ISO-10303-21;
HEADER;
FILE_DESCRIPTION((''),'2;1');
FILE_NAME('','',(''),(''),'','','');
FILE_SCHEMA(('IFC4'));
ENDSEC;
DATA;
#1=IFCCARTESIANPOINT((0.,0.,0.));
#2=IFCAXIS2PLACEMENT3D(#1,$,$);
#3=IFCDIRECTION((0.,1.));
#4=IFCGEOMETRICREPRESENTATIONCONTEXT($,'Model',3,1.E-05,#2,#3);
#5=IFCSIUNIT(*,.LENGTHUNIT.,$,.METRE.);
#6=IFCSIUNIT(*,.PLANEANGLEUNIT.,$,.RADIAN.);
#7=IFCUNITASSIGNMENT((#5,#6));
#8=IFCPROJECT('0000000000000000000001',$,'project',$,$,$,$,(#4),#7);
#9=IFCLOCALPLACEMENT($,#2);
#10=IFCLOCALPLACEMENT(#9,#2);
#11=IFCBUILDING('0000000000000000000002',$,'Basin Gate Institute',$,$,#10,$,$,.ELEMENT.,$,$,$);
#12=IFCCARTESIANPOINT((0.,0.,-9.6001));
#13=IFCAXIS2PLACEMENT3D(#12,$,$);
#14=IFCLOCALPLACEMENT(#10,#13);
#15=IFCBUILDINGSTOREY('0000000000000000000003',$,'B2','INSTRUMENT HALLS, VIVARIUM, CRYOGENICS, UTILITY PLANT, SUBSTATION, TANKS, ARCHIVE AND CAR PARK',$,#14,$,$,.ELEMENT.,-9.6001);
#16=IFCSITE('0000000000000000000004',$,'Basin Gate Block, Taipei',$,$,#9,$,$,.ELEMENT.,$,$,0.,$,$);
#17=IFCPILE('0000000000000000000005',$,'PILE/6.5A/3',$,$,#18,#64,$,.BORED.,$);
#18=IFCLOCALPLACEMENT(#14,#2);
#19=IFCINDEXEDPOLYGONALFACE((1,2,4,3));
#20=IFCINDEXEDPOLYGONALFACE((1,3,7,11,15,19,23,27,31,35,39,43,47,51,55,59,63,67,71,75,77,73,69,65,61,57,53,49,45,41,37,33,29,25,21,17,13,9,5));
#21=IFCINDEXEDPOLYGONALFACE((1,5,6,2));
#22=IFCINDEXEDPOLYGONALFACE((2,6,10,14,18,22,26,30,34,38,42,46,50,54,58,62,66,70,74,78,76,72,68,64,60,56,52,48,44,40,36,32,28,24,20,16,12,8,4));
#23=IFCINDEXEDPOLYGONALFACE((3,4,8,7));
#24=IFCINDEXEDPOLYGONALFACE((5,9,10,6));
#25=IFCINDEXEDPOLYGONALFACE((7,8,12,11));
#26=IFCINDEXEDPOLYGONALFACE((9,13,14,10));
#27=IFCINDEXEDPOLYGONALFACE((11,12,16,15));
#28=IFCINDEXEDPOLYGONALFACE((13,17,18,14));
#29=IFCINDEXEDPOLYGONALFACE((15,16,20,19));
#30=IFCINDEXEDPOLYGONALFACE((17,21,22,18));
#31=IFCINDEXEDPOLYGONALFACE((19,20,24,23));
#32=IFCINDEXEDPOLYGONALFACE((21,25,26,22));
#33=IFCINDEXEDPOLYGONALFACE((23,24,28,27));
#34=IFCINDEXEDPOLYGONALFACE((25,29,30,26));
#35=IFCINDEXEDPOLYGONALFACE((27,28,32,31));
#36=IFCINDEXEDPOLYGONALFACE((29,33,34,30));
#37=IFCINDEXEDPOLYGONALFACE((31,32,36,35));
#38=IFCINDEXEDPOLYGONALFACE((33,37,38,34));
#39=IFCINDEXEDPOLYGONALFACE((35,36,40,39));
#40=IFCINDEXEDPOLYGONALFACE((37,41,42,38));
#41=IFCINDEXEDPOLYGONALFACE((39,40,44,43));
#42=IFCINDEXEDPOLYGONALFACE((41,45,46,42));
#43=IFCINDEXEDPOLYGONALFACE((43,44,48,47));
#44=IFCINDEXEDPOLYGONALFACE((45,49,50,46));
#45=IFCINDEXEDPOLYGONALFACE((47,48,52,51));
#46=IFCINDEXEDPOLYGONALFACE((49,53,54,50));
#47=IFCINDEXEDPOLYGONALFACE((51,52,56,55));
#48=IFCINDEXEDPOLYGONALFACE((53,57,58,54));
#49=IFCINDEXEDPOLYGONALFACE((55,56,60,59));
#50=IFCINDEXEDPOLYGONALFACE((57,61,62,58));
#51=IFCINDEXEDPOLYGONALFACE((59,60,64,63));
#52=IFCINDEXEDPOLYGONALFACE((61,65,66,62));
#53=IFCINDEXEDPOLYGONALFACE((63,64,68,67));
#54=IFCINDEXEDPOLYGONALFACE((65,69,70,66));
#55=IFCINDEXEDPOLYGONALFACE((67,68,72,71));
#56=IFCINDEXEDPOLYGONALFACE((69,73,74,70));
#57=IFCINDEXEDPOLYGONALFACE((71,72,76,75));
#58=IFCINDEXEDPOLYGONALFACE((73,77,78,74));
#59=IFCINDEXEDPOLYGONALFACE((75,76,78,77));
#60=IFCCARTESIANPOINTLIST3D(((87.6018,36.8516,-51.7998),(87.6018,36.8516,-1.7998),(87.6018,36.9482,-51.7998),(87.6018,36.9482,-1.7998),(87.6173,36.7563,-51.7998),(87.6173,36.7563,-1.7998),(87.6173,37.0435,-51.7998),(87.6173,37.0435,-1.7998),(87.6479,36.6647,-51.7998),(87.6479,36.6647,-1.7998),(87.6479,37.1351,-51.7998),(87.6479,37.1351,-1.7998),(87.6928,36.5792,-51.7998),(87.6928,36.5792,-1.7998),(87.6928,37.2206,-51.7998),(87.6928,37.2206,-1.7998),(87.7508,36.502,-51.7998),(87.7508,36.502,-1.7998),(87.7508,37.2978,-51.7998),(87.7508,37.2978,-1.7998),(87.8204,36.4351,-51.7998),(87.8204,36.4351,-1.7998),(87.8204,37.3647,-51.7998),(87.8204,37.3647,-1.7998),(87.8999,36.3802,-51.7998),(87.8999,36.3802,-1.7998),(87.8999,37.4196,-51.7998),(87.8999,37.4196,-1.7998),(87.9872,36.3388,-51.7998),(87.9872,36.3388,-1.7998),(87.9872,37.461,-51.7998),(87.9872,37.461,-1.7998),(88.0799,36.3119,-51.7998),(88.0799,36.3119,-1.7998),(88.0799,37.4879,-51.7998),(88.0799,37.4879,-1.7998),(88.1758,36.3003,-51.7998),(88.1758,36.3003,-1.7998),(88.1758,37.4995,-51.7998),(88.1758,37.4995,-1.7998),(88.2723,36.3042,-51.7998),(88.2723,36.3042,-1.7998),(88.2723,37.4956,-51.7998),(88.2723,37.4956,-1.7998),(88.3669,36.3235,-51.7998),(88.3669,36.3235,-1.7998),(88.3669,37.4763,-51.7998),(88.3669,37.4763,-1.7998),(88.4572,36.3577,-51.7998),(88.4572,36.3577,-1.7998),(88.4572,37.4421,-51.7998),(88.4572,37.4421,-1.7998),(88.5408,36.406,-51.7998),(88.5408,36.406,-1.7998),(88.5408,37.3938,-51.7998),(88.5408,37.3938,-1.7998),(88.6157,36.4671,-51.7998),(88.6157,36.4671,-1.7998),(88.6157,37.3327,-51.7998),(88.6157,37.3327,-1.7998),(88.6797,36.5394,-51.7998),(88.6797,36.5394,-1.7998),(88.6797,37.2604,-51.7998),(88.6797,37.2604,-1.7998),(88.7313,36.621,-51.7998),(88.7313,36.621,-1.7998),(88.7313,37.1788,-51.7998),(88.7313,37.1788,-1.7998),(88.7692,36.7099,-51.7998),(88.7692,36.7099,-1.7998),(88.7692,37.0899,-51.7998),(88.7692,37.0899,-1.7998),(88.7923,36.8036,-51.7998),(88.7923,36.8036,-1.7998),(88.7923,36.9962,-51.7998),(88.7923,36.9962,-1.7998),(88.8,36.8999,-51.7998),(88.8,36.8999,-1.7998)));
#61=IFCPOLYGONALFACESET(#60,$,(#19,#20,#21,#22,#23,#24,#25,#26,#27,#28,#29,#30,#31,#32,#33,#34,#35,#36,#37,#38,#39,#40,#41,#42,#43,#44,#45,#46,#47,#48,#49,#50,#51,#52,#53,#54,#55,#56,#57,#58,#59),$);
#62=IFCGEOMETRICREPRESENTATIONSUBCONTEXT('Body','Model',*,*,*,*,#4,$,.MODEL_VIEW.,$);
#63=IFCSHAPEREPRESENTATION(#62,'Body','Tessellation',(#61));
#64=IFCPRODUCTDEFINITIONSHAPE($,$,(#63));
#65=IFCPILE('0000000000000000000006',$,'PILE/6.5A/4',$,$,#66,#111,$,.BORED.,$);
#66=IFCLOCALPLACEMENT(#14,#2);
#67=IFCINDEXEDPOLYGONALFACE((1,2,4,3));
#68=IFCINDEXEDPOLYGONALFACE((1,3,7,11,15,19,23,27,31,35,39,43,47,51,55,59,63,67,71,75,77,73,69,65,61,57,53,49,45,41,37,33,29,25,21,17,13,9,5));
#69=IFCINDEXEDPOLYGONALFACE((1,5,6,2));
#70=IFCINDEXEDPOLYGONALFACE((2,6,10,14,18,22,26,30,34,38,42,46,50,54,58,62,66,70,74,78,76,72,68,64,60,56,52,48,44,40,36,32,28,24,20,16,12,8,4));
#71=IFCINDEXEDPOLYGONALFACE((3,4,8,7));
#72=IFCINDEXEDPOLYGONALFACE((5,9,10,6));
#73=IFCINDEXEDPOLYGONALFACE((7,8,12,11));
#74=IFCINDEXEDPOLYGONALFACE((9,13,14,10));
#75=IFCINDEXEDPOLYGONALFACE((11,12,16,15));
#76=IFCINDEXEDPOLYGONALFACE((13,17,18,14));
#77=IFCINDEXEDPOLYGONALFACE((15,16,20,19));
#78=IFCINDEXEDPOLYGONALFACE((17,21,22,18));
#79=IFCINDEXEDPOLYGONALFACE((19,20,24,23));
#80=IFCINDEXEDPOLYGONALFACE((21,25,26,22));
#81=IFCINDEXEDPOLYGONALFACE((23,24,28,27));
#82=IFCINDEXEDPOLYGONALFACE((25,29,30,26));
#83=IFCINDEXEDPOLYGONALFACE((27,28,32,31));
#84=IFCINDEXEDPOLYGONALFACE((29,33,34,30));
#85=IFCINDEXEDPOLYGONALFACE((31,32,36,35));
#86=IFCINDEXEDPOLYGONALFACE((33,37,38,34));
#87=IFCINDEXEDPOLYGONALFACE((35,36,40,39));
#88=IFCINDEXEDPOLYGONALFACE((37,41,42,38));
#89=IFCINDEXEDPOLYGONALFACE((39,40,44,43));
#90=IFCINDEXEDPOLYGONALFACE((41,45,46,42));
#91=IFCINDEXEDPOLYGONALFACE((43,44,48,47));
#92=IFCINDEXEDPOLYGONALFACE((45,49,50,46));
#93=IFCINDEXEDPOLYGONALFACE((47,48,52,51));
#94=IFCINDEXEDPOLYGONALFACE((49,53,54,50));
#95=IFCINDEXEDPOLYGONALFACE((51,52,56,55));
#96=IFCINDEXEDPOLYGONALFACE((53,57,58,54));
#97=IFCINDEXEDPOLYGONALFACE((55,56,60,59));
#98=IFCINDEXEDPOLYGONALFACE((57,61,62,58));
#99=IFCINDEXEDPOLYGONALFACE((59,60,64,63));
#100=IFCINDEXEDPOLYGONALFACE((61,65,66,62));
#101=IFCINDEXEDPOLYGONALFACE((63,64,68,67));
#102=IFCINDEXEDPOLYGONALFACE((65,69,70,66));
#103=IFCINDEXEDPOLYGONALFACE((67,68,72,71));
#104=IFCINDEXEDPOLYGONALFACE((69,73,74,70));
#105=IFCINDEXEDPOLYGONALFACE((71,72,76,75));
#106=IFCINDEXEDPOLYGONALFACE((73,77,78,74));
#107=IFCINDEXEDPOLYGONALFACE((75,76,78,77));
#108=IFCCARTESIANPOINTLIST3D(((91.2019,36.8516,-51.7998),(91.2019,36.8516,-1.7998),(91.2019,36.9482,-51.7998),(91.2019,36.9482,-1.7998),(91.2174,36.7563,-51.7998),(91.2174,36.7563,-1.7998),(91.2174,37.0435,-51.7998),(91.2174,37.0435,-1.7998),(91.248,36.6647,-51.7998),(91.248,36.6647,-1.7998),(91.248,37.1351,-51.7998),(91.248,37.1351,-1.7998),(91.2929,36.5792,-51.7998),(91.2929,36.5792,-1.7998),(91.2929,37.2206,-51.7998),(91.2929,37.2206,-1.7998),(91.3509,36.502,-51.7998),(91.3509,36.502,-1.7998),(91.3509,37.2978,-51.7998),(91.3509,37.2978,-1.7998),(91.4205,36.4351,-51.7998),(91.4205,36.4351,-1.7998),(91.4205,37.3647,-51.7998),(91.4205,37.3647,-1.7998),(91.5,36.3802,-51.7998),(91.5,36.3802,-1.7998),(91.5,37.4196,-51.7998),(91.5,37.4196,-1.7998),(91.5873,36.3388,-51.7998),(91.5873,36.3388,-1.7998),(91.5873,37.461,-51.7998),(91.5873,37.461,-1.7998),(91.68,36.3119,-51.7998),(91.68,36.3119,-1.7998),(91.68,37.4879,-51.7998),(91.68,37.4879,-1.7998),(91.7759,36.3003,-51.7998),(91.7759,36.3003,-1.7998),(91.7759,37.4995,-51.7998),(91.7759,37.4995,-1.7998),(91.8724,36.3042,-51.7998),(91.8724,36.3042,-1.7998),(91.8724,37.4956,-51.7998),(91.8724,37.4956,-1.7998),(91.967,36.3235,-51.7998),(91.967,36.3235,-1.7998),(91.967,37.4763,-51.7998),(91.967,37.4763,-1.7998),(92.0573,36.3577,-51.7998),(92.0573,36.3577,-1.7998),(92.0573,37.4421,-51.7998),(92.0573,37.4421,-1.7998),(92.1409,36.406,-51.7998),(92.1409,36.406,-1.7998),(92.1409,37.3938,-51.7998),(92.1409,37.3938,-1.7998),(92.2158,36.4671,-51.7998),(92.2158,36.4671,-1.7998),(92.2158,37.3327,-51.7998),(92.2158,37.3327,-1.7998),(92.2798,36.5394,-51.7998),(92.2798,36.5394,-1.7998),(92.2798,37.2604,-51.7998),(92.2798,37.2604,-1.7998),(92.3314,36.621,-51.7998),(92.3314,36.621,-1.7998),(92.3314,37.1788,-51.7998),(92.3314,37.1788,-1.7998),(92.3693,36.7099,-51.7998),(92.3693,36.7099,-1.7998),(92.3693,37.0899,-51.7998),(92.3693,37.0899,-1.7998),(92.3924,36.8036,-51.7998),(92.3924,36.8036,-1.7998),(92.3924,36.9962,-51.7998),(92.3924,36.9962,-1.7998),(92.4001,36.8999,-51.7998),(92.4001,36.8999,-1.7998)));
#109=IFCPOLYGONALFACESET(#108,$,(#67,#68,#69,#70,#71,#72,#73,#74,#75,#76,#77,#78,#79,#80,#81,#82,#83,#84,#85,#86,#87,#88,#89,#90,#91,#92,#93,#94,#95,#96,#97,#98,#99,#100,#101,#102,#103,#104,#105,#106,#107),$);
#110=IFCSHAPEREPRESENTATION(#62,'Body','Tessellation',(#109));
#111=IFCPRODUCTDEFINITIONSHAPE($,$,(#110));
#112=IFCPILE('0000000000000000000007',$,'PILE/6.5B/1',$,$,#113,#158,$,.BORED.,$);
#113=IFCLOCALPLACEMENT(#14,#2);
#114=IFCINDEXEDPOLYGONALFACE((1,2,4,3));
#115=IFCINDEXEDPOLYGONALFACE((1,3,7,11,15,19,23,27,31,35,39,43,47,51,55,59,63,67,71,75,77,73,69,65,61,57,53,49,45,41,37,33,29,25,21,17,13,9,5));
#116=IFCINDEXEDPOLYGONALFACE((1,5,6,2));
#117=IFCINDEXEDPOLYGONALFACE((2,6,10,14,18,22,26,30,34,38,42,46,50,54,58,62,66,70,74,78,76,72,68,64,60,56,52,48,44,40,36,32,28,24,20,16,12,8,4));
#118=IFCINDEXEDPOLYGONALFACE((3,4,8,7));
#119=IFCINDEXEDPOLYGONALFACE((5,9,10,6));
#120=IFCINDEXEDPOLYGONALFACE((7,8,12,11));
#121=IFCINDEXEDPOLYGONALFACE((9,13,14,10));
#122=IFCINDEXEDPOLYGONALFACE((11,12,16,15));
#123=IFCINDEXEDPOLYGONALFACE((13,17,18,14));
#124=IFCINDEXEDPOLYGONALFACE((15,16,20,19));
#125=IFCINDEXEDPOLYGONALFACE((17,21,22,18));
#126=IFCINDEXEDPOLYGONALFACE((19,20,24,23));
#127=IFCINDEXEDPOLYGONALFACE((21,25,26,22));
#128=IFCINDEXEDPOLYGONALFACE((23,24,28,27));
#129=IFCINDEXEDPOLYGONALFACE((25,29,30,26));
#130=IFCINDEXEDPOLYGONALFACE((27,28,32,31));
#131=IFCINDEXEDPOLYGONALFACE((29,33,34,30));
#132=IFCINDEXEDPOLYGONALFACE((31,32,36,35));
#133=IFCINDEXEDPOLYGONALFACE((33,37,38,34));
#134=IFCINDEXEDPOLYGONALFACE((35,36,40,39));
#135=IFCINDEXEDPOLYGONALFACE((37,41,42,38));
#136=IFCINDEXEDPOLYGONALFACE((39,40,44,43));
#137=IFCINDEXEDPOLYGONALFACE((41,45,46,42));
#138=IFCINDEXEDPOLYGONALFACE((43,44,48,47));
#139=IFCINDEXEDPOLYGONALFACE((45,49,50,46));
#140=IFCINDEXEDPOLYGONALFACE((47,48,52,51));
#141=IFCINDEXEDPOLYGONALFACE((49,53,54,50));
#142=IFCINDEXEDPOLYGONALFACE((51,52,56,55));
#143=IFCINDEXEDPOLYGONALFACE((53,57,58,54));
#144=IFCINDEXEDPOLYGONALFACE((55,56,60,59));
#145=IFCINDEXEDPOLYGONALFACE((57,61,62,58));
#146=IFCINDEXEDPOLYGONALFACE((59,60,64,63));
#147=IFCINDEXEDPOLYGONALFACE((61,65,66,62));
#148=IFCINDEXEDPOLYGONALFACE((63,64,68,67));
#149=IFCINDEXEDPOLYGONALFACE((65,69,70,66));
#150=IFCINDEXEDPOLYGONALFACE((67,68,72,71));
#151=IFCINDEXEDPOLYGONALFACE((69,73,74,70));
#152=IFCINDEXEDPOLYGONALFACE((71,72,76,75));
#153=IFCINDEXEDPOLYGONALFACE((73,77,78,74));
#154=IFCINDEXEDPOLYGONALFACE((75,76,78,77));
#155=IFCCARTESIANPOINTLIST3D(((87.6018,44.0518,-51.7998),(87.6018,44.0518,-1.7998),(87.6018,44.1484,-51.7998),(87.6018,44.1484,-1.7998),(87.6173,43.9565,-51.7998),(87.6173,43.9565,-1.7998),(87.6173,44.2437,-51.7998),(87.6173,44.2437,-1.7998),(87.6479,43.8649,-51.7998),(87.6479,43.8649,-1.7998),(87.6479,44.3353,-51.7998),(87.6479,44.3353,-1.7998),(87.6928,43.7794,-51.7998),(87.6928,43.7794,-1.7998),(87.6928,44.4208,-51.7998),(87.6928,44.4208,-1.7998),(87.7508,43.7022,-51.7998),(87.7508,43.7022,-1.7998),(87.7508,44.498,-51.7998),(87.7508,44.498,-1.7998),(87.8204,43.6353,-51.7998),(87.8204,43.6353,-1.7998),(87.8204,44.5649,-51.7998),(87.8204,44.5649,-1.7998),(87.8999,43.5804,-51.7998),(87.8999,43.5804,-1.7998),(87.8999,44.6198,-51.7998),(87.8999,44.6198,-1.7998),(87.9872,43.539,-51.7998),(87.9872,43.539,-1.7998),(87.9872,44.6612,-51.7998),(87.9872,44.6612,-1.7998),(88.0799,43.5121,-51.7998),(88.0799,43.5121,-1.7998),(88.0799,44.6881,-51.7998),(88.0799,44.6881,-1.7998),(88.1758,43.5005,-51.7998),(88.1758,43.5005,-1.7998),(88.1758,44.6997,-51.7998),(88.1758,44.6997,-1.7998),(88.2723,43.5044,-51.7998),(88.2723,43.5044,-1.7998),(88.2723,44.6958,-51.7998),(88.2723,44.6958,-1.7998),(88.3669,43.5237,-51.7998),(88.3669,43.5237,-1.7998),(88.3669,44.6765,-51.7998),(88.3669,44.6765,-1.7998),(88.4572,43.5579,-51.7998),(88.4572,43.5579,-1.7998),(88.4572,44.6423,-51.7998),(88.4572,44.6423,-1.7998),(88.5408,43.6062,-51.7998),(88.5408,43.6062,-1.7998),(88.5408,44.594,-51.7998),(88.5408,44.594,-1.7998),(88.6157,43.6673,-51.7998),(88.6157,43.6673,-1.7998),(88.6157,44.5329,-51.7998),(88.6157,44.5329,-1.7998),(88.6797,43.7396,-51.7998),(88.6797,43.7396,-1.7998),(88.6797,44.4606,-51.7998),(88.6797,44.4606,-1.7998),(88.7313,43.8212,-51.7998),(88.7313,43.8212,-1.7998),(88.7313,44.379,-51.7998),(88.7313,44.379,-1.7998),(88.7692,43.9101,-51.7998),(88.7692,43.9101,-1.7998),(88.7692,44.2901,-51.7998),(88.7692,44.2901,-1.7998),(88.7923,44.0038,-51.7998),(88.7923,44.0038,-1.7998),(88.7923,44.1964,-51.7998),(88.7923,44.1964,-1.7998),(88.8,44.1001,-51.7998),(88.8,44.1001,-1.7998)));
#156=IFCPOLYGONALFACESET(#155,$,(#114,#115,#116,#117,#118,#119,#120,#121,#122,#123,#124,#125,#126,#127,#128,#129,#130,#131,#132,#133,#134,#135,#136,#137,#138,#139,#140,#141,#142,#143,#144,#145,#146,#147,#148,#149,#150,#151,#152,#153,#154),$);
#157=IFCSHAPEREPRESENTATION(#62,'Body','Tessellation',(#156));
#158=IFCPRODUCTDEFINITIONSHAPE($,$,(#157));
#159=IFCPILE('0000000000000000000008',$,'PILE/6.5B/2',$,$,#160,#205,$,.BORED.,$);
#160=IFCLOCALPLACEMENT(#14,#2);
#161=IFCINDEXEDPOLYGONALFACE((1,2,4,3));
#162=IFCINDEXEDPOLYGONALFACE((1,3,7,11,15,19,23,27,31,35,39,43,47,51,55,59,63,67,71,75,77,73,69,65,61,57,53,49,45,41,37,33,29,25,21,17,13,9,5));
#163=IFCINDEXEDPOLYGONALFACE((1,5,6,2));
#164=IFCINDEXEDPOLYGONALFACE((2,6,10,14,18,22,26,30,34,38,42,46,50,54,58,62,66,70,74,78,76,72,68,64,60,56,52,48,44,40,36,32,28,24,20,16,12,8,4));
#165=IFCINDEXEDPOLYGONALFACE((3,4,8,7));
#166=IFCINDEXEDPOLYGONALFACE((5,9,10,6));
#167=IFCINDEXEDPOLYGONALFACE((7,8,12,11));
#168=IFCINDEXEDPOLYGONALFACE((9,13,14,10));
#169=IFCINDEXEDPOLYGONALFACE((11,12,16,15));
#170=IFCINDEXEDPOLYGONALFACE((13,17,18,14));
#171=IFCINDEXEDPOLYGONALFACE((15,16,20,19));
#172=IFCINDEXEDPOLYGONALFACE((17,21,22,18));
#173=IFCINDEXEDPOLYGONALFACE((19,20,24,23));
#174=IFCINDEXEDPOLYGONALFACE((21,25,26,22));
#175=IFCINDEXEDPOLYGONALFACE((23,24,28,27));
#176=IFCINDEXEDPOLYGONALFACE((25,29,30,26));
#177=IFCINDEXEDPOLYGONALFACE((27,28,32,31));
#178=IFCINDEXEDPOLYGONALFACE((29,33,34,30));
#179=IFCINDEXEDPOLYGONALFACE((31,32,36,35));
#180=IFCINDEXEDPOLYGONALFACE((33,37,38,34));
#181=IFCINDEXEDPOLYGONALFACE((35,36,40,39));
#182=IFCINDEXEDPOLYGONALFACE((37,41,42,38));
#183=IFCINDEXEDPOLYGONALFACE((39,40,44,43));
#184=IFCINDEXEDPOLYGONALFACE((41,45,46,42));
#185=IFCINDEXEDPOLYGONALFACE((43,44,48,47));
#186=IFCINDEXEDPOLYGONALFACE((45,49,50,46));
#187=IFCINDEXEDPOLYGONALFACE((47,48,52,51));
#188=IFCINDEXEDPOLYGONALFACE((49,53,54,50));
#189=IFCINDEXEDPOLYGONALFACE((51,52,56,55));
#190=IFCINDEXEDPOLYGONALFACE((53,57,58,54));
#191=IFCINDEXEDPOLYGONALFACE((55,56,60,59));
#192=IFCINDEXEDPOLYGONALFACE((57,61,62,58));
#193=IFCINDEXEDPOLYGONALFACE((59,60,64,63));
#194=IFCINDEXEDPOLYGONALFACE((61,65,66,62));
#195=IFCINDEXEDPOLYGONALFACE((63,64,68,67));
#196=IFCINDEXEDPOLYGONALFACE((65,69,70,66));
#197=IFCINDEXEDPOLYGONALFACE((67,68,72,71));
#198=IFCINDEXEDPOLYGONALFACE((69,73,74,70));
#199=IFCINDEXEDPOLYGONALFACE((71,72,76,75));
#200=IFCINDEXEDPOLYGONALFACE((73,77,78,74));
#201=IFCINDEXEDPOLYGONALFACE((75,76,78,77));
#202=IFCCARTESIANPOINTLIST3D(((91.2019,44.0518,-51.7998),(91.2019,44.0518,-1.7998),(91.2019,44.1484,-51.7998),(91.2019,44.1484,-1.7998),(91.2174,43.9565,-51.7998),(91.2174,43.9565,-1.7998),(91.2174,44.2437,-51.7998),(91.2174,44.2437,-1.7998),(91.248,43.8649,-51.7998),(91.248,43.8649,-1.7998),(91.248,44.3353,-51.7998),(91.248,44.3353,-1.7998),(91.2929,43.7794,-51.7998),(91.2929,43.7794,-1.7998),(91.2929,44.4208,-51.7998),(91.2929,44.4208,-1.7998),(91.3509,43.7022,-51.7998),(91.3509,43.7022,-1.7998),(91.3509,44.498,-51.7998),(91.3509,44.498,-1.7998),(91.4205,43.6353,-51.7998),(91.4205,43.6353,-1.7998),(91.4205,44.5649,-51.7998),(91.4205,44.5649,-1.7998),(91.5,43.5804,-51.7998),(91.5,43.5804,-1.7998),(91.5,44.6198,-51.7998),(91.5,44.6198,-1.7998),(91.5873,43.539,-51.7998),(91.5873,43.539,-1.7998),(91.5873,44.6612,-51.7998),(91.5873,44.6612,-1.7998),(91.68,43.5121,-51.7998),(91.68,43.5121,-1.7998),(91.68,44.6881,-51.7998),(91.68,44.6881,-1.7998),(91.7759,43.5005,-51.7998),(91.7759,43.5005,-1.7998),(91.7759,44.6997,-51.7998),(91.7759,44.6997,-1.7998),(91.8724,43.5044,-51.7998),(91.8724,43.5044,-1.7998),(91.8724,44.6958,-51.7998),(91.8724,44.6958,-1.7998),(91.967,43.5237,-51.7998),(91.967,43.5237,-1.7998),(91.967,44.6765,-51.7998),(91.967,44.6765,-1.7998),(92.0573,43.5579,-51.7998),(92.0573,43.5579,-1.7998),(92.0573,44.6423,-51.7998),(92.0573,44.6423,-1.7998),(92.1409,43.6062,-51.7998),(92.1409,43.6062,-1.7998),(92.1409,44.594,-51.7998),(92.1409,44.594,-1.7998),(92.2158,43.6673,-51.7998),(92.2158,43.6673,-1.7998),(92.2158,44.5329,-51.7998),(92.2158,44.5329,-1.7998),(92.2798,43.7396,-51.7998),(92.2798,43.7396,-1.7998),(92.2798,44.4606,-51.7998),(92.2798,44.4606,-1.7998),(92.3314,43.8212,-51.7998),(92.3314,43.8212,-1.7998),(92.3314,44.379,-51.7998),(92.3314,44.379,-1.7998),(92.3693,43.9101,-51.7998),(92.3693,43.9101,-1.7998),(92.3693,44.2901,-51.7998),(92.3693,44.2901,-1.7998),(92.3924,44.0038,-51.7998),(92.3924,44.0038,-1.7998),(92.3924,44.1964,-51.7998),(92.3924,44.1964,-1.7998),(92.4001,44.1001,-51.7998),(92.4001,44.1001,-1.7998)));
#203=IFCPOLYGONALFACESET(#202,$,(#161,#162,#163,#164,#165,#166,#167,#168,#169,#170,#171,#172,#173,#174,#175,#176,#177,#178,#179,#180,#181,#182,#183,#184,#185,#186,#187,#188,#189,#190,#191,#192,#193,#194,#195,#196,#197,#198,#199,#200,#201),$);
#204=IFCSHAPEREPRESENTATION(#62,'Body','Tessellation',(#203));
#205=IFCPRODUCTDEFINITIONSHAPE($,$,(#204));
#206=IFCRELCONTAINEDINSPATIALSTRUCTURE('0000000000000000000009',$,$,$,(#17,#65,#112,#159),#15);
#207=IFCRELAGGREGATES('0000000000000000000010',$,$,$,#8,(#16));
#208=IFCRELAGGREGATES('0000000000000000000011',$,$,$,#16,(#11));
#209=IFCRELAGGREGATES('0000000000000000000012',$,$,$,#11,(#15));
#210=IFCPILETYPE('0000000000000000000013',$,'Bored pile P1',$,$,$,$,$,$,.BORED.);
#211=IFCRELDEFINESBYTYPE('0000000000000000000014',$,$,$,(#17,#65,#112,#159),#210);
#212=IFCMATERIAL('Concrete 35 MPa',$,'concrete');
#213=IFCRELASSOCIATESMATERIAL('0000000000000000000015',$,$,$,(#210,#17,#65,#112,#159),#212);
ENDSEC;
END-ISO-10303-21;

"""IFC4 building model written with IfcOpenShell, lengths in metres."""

from ifc_helpers import new_model, si_unit, direction, frame, origin, origin_2d, place, context, subcontext, project, spatial, circle, extrude, material, material_profile, profile_set, type_object, element, save


model = new_model("IFC4")

# Units and contexts
model_context = context("Model", 3, precision=1e-05, world=origin(), true_north=direction((0.0, 1.0)))
body_context = subcontext(model_context, "Body", "Model", "MODEL_VIEW")
ifc_project = project(units=[si_unit("LENGTHUNIT", "METRE"), si_unit("PLANEANGLEUNIT", "RADIAN")], contexts=[model_context])

# Site, building, storey
site_placement = place(None, origin())
site = spatial("IfcSite", under=ifc_project, at=site_placement, Name="Basin Gate Block, Taipei", CompositionType="ELEMENT", RefElevation=0.0)
building_placement = place(site_placement, origin())
building = spatial("IfcBuilding", under=site, at=building_placement, Name="Basin Gate Institute", CompositionType="ELEMENT")
storey_placement = place(building_placement, frame((0.0, 0.0, -9.6001)))
storey = spatial("IfcBuildingStorey", under=building, at=storey_placement, Name="B2", Description="INSTRUMENT HALLS, VIVARIUM, CRYOGENICS, UTILITY PLANT, SUBSTATION, TANKS, ARCHIVE AND CAR PARK", CompositionType="ELEMENT", Elevation=-9.6001)

# Piles
ifc_material_1 = material(Name="Concrete 35 MPa", Category="concrete")
ifc_material_profile_1 = material_profile(ifc_material_1, circle(Radius=0.6001, at=origin_2d()), Name="Bored pile P1 1200 dia")
ifc_profile_set_1 = profile_set([ifc_material_profile_1], Name="Concrete 35 MPa")
pile_type = type_object("IfcPileType", Name="Bored pile P1", PredefinedType="BORED", material=ifc_profile_set_1)
for number, where, z_axis, x_axis, name in (
    (1, (88.2, 36.8999, -1.7998), (0.0, 0.0, -1.0), (1.0, 0.0, 0.0), "PILE/6.5A/3"),
    (2, (91.8, 36.8999, -1.7998), (0.0, 0.0, -1.0), (1.0, 0.0, 0.0), "PILE/6.5A/4"),
    (3, (88.2, 44.1001, -1.7998), (0.0, 0.0, -1.0), (1.0, 0.0, 0.0), "PILE/6.5B/1"),
    (4, (91.8, 44.1001, -1.7998), (0.0, 0.0, -1.0), (1.0, 0.0, 0.0), "PILE/6.5B/2"),
):
    element("IfcPile", number, at=place(storey_placement, frame(where, z_axis=z_axis, x_axis=x_axis)), inside=storey, type_object=pile_type, material=ifc_profile_set_1, Name=name, PredefinedType="BORED", context=body_context, shape_type="SweptSolid", body=[
        extrude(circle(Radius=0.6001, at=origin_2d()), origin(), (0.0, 0.0, 1.0), 50.0),
    ])

save(model, "model.ifc")
